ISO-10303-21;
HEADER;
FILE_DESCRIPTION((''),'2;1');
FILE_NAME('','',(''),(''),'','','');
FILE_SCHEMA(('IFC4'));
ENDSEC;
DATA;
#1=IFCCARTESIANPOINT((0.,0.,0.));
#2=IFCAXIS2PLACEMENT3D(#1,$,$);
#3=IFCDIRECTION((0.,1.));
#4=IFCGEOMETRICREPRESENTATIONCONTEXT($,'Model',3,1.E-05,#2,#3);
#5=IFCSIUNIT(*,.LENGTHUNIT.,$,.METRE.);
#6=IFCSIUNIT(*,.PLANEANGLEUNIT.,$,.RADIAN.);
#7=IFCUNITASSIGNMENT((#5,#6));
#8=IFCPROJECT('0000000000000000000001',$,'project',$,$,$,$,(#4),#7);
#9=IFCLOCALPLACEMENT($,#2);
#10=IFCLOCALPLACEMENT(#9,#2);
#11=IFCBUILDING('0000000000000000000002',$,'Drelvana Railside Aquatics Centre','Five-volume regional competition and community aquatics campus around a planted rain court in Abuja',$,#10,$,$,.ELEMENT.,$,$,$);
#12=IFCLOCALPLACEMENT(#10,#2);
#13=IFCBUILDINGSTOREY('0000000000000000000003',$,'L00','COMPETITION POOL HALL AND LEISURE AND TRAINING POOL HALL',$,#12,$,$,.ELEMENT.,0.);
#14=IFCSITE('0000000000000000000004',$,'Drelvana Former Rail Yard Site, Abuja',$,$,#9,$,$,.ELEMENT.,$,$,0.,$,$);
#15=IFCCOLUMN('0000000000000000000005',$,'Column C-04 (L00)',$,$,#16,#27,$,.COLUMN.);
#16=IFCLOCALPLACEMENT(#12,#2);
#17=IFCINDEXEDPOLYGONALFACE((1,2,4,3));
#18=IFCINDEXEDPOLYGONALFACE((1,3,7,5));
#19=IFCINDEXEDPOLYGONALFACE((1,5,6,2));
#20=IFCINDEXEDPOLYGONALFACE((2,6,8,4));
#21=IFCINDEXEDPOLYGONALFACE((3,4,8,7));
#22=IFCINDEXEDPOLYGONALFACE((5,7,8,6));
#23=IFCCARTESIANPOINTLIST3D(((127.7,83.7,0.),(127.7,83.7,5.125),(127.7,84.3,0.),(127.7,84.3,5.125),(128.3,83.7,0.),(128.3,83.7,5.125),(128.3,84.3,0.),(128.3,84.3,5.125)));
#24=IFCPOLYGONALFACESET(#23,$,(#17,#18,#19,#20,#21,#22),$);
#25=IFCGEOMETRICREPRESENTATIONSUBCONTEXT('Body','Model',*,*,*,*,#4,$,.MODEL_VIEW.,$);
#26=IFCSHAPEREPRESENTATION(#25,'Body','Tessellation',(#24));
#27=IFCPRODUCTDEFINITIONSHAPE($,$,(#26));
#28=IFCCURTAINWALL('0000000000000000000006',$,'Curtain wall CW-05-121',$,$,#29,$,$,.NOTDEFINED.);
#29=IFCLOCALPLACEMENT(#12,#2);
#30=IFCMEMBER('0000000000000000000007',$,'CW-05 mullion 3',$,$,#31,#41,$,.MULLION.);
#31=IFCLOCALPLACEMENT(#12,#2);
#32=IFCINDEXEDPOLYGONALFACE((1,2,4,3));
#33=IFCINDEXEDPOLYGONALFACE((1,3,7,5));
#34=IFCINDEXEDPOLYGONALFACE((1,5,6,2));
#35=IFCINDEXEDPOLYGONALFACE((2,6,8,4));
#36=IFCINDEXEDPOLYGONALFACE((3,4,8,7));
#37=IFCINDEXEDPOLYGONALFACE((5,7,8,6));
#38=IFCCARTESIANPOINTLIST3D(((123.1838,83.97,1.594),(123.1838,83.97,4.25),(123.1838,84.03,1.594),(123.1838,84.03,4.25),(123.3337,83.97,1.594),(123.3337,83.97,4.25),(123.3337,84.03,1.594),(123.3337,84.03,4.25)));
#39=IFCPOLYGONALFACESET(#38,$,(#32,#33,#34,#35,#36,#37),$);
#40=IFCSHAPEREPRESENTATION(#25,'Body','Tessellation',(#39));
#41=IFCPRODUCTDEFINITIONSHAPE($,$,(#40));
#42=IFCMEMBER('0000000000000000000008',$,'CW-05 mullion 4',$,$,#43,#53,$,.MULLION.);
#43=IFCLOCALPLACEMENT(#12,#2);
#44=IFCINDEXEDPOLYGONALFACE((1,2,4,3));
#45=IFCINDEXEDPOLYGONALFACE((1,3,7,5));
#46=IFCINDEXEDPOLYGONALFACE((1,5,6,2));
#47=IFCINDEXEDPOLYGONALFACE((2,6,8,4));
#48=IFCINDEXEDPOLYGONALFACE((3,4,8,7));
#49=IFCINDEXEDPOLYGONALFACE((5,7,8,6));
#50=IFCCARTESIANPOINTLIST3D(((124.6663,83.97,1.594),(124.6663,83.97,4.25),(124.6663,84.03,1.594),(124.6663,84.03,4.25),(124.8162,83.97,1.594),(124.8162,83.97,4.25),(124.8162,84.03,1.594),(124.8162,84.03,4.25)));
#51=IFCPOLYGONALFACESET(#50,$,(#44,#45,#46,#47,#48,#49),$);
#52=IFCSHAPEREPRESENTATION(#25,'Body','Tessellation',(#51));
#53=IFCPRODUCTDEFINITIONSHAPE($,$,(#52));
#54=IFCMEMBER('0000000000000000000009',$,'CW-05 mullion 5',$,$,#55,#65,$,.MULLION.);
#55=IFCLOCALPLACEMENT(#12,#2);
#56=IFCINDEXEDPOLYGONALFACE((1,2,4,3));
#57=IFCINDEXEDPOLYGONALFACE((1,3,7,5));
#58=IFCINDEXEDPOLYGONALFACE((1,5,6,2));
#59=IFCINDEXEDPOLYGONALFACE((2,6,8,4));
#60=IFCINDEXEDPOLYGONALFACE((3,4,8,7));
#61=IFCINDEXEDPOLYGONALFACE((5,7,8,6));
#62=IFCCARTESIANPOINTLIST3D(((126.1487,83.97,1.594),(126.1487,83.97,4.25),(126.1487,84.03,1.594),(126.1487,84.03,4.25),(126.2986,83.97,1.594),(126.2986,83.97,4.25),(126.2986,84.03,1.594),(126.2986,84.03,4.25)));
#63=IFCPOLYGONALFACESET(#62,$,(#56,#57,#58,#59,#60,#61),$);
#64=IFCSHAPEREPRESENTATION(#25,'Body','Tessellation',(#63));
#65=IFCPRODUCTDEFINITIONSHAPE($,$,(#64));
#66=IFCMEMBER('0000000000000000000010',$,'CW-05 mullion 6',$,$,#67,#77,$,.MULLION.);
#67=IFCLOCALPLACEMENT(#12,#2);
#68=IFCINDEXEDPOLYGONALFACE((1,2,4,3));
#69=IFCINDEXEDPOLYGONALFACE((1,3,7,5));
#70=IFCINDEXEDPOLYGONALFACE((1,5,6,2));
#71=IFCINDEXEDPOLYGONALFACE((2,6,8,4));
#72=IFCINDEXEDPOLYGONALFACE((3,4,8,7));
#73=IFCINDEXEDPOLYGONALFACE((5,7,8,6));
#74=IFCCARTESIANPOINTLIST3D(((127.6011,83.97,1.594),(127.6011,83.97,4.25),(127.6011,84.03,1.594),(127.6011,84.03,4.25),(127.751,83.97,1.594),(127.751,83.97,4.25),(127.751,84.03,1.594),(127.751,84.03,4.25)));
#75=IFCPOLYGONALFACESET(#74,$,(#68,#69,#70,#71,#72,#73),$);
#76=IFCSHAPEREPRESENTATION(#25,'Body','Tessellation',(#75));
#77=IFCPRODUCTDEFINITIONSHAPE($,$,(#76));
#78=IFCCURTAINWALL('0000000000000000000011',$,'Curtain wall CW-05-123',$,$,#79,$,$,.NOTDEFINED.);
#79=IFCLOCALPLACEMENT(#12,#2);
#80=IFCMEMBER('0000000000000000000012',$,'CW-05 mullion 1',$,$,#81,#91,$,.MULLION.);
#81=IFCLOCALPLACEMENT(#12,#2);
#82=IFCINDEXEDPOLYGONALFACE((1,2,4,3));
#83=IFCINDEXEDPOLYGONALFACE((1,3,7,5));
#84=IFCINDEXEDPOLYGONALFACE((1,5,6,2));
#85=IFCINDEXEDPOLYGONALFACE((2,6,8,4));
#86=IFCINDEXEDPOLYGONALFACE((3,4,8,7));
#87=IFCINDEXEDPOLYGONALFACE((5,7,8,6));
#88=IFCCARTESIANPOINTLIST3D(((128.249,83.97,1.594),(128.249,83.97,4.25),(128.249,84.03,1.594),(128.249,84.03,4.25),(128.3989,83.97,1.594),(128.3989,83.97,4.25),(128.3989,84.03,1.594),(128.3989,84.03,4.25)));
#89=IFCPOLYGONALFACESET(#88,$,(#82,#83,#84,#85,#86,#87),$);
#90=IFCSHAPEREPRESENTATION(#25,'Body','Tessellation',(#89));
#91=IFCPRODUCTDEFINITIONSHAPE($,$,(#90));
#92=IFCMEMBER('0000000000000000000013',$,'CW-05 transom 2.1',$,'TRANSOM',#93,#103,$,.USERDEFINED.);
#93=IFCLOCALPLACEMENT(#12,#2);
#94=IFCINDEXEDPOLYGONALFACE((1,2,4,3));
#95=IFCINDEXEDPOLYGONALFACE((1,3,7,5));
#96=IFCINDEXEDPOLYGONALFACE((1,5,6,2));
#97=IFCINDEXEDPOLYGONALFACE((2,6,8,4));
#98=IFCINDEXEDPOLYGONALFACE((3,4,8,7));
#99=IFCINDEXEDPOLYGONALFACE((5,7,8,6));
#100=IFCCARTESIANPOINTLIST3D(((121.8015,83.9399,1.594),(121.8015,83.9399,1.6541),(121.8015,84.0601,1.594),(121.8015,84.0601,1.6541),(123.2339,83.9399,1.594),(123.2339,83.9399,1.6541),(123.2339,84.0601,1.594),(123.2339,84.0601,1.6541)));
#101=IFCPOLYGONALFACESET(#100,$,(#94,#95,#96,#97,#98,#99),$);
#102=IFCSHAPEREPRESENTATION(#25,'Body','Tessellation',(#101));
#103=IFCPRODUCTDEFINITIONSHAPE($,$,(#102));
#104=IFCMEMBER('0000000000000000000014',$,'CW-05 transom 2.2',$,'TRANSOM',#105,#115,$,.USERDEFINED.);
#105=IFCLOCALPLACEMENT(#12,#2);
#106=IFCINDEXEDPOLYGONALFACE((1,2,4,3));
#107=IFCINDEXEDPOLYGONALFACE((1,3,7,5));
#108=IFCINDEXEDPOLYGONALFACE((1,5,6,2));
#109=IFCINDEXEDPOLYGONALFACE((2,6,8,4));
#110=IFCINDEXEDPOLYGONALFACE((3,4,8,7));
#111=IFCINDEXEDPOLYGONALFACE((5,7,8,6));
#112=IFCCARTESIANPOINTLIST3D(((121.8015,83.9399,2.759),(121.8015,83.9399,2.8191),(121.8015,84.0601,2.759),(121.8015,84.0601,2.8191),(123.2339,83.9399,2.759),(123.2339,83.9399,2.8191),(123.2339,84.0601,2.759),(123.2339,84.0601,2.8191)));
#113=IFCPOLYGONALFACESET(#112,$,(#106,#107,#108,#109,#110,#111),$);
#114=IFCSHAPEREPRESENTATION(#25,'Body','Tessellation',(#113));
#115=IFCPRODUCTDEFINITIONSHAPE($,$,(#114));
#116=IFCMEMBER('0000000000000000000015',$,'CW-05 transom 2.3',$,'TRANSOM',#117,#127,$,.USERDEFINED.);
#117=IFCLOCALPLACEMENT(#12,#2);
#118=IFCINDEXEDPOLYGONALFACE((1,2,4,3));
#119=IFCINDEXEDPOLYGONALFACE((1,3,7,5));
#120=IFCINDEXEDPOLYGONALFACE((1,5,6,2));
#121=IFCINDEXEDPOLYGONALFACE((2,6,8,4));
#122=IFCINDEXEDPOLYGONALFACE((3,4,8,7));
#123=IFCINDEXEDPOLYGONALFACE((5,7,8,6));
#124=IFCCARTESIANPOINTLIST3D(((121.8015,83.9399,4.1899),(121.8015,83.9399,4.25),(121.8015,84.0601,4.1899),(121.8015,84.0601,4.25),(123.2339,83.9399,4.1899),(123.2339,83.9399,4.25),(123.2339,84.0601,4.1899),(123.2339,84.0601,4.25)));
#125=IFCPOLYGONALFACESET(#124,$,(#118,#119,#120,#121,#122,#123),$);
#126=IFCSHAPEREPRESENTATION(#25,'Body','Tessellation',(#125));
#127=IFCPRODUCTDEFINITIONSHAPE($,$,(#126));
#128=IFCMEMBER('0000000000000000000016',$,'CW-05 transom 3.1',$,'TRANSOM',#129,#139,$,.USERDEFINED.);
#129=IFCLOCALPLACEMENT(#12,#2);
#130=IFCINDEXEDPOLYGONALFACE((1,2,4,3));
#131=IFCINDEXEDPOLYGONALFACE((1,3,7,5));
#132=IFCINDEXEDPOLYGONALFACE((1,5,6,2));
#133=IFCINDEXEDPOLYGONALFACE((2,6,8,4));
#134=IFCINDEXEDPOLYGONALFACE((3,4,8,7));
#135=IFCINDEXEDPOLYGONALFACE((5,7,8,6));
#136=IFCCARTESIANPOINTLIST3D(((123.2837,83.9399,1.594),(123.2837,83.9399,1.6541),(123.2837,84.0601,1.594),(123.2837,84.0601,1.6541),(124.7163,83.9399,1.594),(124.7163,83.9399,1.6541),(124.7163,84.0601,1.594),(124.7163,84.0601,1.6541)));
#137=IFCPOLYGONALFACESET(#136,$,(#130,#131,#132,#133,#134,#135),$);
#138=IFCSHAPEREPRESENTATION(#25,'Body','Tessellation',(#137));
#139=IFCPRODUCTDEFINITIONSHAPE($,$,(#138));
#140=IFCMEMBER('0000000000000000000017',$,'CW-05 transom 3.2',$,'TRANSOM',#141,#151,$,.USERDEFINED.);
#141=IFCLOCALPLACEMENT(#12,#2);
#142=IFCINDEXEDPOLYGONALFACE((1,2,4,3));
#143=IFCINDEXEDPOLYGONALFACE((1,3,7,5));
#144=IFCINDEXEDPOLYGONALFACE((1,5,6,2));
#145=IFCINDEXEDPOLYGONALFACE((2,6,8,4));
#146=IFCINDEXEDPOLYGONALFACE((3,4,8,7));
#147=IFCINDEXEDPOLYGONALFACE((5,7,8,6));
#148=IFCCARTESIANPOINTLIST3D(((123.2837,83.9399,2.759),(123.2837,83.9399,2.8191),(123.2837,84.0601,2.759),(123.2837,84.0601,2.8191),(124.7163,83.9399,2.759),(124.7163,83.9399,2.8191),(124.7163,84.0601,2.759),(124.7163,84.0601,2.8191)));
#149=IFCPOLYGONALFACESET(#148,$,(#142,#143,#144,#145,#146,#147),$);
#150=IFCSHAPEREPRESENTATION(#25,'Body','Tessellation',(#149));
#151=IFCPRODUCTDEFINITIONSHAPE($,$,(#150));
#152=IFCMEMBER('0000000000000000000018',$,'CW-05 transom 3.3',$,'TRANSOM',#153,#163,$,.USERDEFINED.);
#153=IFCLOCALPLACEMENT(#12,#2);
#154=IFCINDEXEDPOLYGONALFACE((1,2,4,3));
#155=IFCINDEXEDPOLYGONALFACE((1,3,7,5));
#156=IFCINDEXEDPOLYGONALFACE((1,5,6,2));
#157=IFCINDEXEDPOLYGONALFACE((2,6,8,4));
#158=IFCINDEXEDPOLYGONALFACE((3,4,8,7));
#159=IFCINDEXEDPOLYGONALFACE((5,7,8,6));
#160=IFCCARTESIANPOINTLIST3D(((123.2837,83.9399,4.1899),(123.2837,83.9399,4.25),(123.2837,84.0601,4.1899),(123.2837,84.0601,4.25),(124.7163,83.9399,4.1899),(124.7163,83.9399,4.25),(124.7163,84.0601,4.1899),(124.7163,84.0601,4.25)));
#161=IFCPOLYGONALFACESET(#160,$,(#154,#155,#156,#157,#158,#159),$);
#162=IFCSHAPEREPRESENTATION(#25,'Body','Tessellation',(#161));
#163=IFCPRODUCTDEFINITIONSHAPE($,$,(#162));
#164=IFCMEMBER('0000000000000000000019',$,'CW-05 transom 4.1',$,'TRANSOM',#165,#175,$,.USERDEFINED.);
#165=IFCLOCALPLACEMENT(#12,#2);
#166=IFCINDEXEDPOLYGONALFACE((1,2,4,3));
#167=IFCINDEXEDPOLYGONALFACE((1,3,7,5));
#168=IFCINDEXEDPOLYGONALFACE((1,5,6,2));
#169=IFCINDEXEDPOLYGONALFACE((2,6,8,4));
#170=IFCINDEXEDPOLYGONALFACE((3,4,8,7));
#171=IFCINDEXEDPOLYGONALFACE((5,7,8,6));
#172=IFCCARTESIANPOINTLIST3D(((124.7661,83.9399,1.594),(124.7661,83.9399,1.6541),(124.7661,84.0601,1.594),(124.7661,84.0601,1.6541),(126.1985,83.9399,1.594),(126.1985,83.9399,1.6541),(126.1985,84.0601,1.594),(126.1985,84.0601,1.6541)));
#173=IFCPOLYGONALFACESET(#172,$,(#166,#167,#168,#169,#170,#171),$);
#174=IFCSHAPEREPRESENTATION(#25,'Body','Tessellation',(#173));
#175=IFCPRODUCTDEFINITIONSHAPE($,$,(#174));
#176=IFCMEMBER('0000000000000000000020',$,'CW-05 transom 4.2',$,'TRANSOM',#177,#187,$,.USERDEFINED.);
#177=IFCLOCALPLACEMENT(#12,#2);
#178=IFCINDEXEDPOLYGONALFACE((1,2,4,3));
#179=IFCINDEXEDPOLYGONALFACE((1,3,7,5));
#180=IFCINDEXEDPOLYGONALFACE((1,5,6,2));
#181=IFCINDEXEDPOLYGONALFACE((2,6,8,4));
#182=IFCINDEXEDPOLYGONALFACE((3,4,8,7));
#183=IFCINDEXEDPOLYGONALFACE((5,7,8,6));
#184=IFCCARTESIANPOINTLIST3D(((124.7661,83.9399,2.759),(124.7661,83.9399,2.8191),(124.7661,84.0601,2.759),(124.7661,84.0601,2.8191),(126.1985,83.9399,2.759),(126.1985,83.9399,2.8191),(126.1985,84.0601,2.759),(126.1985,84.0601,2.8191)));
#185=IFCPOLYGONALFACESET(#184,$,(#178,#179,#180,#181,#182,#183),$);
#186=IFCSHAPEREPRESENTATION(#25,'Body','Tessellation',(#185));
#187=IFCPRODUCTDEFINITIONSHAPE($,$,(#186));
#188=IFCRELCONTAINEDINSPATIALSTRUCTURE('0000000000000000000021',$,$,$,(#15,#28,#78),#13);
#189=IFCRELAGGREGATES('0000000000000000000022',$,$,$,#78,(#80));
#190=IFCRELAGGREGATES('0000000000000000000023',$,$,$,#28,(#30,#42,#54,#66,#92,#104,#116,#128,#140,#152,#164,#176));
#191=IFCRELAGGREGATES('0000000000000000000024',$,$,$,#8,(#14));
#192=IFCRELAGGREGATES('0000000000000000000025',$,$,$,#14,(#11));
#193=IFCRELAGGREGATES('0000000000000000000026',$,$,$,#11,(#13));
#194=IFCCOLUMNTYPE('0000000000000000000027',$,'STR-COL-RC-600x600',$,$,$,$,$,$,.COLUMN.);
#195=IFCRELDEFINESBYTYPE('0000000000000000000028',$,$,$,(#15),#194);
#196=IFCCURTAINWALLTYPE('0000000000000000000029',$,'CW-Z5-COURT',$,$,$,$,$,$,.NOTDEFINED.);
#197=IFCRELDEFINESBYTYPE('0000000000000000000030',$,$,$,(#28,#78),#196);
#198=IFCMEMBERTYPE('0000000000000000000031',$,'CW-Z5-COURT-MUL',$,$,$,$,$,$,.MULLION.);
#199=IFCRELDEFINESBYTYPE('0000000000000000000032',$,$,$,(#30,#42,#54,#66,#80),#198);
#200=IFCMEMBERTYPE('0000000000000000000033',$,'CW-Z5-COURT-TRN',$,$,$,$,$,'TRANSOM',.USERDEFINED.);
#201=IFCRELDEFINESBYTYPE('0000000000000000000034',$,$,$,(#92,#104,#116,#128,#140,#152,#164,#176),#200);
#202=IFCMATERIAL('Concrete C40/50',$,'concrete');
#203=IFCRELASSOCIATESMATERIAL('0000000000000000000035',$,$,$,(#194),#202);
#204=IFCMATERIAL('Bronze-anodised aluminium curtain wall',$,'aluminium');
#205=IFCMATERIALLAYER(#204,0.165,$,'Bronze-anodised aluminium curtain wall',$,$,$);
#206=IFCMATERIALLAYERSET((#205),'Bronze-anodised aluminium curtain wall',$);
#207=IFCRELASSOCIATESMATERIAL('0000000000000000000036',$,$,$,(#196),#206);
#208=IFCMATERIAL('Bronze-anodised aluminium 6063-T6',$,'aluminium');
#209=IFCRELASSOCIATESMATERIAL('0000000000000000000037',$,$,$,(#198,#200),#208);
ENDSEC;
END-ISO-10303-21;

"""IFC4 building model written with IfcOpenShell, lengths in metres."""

from ifc_helpers import new_model, si_unit, direction, frame, origin, origin_2d, place, context, subcontext, project, spatial, rectangle, extrude, material, layer, layer_set, material_profile, profile_set, type_object, element, aggregate, save


model = new_model("IFC4")

# Units and contexts
model_context = context("Model", 3, precision=1e-05, world=origin(), true_north=direction((0.0, 1.0)))
body_context = subcontext(model_context, "Body", "Model", "MODEL_VIEW")
ifc_project = project(units=[si_unit("LENGTHUNIT", "METRE"), si_unit("PLANEANGLEUNIT", "RADIAN")], contexts=[model_context])

# Site, building, storey
site_placement = place(None, origin())
site = spatial("IfcSite", under=ifc_project, at=site_placement, Name="Drelvana Former Rail Yard Site, Abuja", CompositionType="ELEMENT", RefElevation=0.0)
building_placement = place(site_placement, origin())
building = spatial("IfcBuilding", under=site, at=building_placement, Name="Drelvana Railside Aquatics Centre", Description="Five-volume regional competition and community aquatics campus around a planted rain court in Abuja", CompositionType="ELEMENT")
storey_placement = place(building_placement, origin())
storey = spatial("IfcBuildingStorey", under=building, at=storey_placement, Name="L00", Description="COMPETITION POOL HALL AND LEISURE AND TRAINING POOL HALL", CompositionType="ELEMENT", Elevation=0.0)

# Column
ifc_material_1 = material(Name="Concrete C40/50", Category="concrete")
ifc_material_profile_1 = material_profile(ifc_material_1, rectangle(XDim=0.6001, YDim=0.6001, at=origin_2d()), Name="RC 600x600")
ifc_profile_set_1 = profile_set([ifc_material_profile_1], Name="Concrete C40/50")
column_type = type_object("IfcColumnType", Name="STR-COL-RC-600x600", PredefinedType="COLUMN", material=ifc_profile_set_1)
column_placement = place(storey_placement, frame((128.0, 84.0, 0.0), z_axis=(0.0, 0.0, 1.0), x_axis=(1.0, 0.0, 0.0)))
element("IfcColumn", 1, at=column_placement, inside=storey, type_object=column_type, Name="Column C-04 (L00)", PredefinedType="COLUMN", context=body_context, shape_type="SweptSolid", body=[
    extrude(rectangle(XDim=0.6001, YDim=0.6001, at=origin_2d()), origin(), (0.0, 0.0, 1.0), 5.125),
])

# Curtain wall, members
ifc_material_2 = material(Name="Bronze-anodised aluminium curtain wall", Category="aluminium")
ifc_layer_1 = layer(ifc_material_2, 0.165, Name="Bronze-anodised aluminium curtain wall")
ifc_layer_set_1 = layer_set([ifc_layer_1], Name="Bronze-anodised aluminium curtain wall")
curtain_wall_type = type_object("IfcCurtainWallType", Name="CW-Z5-COURT", PredefinedType="NOTDEFINED", material=ifc_layer_set_1)
curtain_wall_1_placement = place(storey_placement, origin())
curtain_wall_1 = element("IfcCurtainWall", 2, at=curtain_wall_1_placement, inside=storey, type_object=curtain_wall_type, Name="Curtain wall CW-05-121", PredefinedType="NOTDEFINED")
ifc_material_3 = material(Name="Bronze-anodised aluminium 6063-T6", Category="aluminium")
ifc_material_profile_2 = material_profile(ifc_material_3, rectangle(XDim=0.0601, YDim=0.1499, at=origin_2d()), Name="ALU-M 60x150")
ifc_profile_set_2 = profile_set([ifc_material_profile_2], Name="Bronze-anodised aluminium 6063-T6")
member_type_1 = type_object("IfcMemberType", Name="CW-Z5-COURT-MUL", PredefinedType="MULLION", material=ifc_profile_set_2)
member_1_placement = place(storey_placement, frame((123.2588, 84.0, 1.594), z_axis=(0.0, 0.0, 1.0), x_axis=(0.0, 1.0, 0.0)))
member_1 = element("IfcMember", 3, at=member_1_placement, type_object=member_type_1, Name="CW-05 mullion 3", PredefinedType="MULLION", context=body_context, shape_type="SweptSolid", body=[
    extrude(rectangle(XDim=0.0601, YDim=0.1499, at=origin_2d()), origin(), (0.0, 0.0, 1.0), 2.656),
])
member_2_placement = place(storey_placement, frame((124.7412, 84.0, 1.594), z_axis=(0.0, 0.0, 1.0), x_axis=(0.0, 1.0, 0.0)))
member_2 = element("IfcMember", 4, at=member_2_placement, type_object=member_type_1, Name="CW-05 mullion 4", PredefinedType="MULLION", context=body_context, shape_type="SweptSolid", body=[
    extrude(rectangle(XDim=0.0601, YDim=0.1499, at=origin_2d()), origin(), (0.0, 0.0, 1.0), 2.656),
])
member_3_placement = place(storey_placement, frame((126.2236, 84.0, 1.594), z_axis=(0.0, 0.0, 1.0), x_axis=(0.0, 1.0, 0.0)))
member_3 = element("IfcMember", 5, at=member_3_placement, type_object=member_type_1, Name="CW-05 mullion 5", PredefinedType="MULLION", context=body_context, shape_type="SweptSolid", body=[
    extrude(rectangle(XDim=0.0601, YDim=0.1499, at=origin_2d()), origin(), (0.0, 0.0, 1.0), 2.656),
])
member_4_placement = place(storey_placement, frame((127.676, 84.0, 1.594), z_axis=(0.0, 0.0, 1.0), x_axis=(0.0, 1.0, 0.0)))
member_4 = element("IfcMember", 6, at=member_4_placement, type_object=member_type_1, Name="CW-05 mullion 6", PredefinedType="MULLION", context=body_context, shape_type="SweptSolid", body=[
    extrude(rectangle(XDim=0.0601, YDim=0.1499, at=origin_2d()), origin(), (0.0, 0.0, 1.0), 2.656),
])

# Curtain wall, member
curtain_wall_2_placement = place(storey_placement, origin())
curtain_wall_2 = element("IfcCurtainWall", 7, at=curtain_wall_2_placement, inside=storey, type_object=curtain_wall_type, Name="Curtain wall CW-05-123", PredefinedType="NOTDEFINED")
member_5_placement = place(storey_placement, frame((128.324, 84.0, 1.594), z_axis=(0.0, 0.0, 1.0), x_axis=(0.0, 1.0, 0.0)))
member_5 = element("IfcMember", 8, at=member_5_placement, type_object=member_type_1, Name="CW-05 mullion 1", PredefinedType="MULLION", context=body_context, shape_type="SweptSolid", body=[
    extrude(rectangle(XDim=0.0601, YDim=0.1499, at=origin_2d()), origin(), (0.0, 0.0, 1.0), 2.656),
])

# Members
ifc_material_profile_3 = material_profile(ifc_material_3, rectangle(XDim=0.1201, YDim=0.0601, at=origin_2d()), Name="ALU-T 60x120")
ifc_profile_set_3 = profile_set([ifc_material_profile_3], Name="Bronze-anodised aluminium 6063-T6")
member_type_2 = type_object("IfcMemberType", Name="CW-Z5-COURT-TRN", ElementType="TRANSOM", PredefinedType="USERDEFINED", material=ifc_profile_set_3)
member_6_placement = place(storey_placement, frame((121.8015, 84.0, 1.624), z_axis=(1.0, 0.0, 0.0), x_axis=(0.0, 1.0, 0.0)))
member_6 = element("IfcMember", 9, at=member_6_placement, type_object=member_type_2, Name="CW-05 transom 2.1", ObjectType="TRANSOM", PredefinedType="USERDEFINED", context=body_context, shape_type="SweptSolid", body=[
    extrude(rectangle(XDim=0.1201, YDim=0.0601, at=origin_2d()), origin(), (0.0, 0.0, 1.0), 1.4324),
])
member_7_placement = place(storey_placement, frame((121.8015, 84.0, 2.7891), z_axis=(1.0, 0.0, 0.0), x_axis=(0.0, 1.0, 0.0)))
member_7 = element("IfcMember", 10, at=member_7_placement, type_object=member_type_2, Name="CW-05 transom 2.2", ObjectType="TRANSOM", PredefinedType="USERDEFINED", context=body_context, shape_type="SweptSolid", body=[
    extrude(rectangle(XDim=0.1201, YDim=0.0601, at=origin_2d()), origin(), (0.0, 0.0, 1.0), 1.4324),
])
member_8_placement = place(storey_placement, frame((121.8015, 84.0, 4.22), z_axis=(1.0, 0.0, 0.0), x_axis=(0.0, 1.0, 0.0)))
member_8 = element("IfcMember", 11, at=member_8_placement, type_object=member_type_2, Name="CW-05 transom 2.3", ObjectType="TRANSOM", PredefinedType="USERDEFINED", context=body_context, shape_type="SweptSolid", body=[
    extrude(rectangle(XDim=0.1201, YDim=0.0601, at=origin_2d()), origin(), (0.0, 0.0, 1.0), 1.4324),
])
member_9_placement = place(storey_placement, frame((123.2837, 84.0, 1.624), z_axis=(1.0, 0.0, 0.0), x_axis=(0.0, 1.0, 0.0)))
member_9 = element("IfcMember", 12, at=member_9_placement, type_object=member_type_2, Name="CW-05 transom 3.1", ObjectType="TRANSOM", PredefinedType="USERDEFINED", context=body_context, shape_type="SweptSolid", body=[
    extrude(rectangle(XDim=0.1201, YDim=0.0601, at=origin_2d()), origin(), (0.0, 0.0, 1.0), 1.4326),
])
member_10_placement = place(storey_placement, frame((123.2837, 84.0, 2.7891), z_axis=(1.0, 0.0, 0.0), x_axis=(0.0, 1.0, 0.0)))
member_10 = element("IfcMember", 13, at=member_10_placement, type_object=member_type_2, Name="CW-05 transom 3.2", ObjectType="TRANSOM", PredefinedType="USERDEFINED", context=body_context, shape_type="SweptSolid", body=[
    extrude(rectangle(XDim=0.1201, YDim=0.0601, at=origin_2d()), origin(), (0.0, 0.0, 1.0), 1.4326),
])
member_11_placement = place(storey_placement, frame((123.2837, 84.0, 4.22), z_axis=(1.0, 0.0, 0.0), x_axis=(0.0, 1.0, 0.0)))
member_11 = element("IfcMember", 14, at=member_11_placement, type_object=member_type_2, Name="CW-05 transom 3.3", ObjectType="TRANSOM", PredefinedType="USERDEFINED", context=body_context, shape_type="SweptSolid", body=[
    extrude(rectangle(XDim=0.1201, YDim=0.0601, at=origin_2d()), origin(), (0.0, 0.0, 1.0), 1.4326),
])
member_12_placement = place(storey_placement, frame((124.7661, 84.0, 1.624), z_axis=(1.0, 0.0, 0.0), x_axis=(0.0, 1.0, 0.0)))
member_12 = element("IfcMember", 15, at=member_12_placement, type_object=member_type_2, Name="CW-05 transom 4.1", ObjectType="TRANSOM", PredefinedType="USERDEFINED", context=body_context, shape_type="SweptSolid", body=[
    extrude(rectangle(XDim=0.1201, YDim=0.0601, at=origin_2d()), origin(), (0.0, 0.0, 1.0), 1.4324),
])
member_13_placement = place(storey_placement, frame((124.7661, 84.0, 2.7891), z_axis=(1.0, 0.0, 0.0), x_axis=(0.0, 1.0, 0.0)))
member_13 = element("IfcMember", 16, at=member_13_placement, type_object=member_type_2, Name="CW-05 transom 4.2", ObjectType="TRANSOM", PredefinedType="USERDEFINED", context=body_context, shape_type="SweptSolid", body=[
    extrude(rectangle(XDim=0.1201, YDim=0.0601, at=origin_2d()), origin(), (0.0, 0.0, 1.0), 1.4324),
])
aggregate(curtain_wall_2, [member_5])

aggregate(curtain_wall_1, [member_1, member_2, member_3, member_4, member_6, member_7, member_8, member_9, member_10, member_11, member_12, member_13])

save(model, "model.ifc")
